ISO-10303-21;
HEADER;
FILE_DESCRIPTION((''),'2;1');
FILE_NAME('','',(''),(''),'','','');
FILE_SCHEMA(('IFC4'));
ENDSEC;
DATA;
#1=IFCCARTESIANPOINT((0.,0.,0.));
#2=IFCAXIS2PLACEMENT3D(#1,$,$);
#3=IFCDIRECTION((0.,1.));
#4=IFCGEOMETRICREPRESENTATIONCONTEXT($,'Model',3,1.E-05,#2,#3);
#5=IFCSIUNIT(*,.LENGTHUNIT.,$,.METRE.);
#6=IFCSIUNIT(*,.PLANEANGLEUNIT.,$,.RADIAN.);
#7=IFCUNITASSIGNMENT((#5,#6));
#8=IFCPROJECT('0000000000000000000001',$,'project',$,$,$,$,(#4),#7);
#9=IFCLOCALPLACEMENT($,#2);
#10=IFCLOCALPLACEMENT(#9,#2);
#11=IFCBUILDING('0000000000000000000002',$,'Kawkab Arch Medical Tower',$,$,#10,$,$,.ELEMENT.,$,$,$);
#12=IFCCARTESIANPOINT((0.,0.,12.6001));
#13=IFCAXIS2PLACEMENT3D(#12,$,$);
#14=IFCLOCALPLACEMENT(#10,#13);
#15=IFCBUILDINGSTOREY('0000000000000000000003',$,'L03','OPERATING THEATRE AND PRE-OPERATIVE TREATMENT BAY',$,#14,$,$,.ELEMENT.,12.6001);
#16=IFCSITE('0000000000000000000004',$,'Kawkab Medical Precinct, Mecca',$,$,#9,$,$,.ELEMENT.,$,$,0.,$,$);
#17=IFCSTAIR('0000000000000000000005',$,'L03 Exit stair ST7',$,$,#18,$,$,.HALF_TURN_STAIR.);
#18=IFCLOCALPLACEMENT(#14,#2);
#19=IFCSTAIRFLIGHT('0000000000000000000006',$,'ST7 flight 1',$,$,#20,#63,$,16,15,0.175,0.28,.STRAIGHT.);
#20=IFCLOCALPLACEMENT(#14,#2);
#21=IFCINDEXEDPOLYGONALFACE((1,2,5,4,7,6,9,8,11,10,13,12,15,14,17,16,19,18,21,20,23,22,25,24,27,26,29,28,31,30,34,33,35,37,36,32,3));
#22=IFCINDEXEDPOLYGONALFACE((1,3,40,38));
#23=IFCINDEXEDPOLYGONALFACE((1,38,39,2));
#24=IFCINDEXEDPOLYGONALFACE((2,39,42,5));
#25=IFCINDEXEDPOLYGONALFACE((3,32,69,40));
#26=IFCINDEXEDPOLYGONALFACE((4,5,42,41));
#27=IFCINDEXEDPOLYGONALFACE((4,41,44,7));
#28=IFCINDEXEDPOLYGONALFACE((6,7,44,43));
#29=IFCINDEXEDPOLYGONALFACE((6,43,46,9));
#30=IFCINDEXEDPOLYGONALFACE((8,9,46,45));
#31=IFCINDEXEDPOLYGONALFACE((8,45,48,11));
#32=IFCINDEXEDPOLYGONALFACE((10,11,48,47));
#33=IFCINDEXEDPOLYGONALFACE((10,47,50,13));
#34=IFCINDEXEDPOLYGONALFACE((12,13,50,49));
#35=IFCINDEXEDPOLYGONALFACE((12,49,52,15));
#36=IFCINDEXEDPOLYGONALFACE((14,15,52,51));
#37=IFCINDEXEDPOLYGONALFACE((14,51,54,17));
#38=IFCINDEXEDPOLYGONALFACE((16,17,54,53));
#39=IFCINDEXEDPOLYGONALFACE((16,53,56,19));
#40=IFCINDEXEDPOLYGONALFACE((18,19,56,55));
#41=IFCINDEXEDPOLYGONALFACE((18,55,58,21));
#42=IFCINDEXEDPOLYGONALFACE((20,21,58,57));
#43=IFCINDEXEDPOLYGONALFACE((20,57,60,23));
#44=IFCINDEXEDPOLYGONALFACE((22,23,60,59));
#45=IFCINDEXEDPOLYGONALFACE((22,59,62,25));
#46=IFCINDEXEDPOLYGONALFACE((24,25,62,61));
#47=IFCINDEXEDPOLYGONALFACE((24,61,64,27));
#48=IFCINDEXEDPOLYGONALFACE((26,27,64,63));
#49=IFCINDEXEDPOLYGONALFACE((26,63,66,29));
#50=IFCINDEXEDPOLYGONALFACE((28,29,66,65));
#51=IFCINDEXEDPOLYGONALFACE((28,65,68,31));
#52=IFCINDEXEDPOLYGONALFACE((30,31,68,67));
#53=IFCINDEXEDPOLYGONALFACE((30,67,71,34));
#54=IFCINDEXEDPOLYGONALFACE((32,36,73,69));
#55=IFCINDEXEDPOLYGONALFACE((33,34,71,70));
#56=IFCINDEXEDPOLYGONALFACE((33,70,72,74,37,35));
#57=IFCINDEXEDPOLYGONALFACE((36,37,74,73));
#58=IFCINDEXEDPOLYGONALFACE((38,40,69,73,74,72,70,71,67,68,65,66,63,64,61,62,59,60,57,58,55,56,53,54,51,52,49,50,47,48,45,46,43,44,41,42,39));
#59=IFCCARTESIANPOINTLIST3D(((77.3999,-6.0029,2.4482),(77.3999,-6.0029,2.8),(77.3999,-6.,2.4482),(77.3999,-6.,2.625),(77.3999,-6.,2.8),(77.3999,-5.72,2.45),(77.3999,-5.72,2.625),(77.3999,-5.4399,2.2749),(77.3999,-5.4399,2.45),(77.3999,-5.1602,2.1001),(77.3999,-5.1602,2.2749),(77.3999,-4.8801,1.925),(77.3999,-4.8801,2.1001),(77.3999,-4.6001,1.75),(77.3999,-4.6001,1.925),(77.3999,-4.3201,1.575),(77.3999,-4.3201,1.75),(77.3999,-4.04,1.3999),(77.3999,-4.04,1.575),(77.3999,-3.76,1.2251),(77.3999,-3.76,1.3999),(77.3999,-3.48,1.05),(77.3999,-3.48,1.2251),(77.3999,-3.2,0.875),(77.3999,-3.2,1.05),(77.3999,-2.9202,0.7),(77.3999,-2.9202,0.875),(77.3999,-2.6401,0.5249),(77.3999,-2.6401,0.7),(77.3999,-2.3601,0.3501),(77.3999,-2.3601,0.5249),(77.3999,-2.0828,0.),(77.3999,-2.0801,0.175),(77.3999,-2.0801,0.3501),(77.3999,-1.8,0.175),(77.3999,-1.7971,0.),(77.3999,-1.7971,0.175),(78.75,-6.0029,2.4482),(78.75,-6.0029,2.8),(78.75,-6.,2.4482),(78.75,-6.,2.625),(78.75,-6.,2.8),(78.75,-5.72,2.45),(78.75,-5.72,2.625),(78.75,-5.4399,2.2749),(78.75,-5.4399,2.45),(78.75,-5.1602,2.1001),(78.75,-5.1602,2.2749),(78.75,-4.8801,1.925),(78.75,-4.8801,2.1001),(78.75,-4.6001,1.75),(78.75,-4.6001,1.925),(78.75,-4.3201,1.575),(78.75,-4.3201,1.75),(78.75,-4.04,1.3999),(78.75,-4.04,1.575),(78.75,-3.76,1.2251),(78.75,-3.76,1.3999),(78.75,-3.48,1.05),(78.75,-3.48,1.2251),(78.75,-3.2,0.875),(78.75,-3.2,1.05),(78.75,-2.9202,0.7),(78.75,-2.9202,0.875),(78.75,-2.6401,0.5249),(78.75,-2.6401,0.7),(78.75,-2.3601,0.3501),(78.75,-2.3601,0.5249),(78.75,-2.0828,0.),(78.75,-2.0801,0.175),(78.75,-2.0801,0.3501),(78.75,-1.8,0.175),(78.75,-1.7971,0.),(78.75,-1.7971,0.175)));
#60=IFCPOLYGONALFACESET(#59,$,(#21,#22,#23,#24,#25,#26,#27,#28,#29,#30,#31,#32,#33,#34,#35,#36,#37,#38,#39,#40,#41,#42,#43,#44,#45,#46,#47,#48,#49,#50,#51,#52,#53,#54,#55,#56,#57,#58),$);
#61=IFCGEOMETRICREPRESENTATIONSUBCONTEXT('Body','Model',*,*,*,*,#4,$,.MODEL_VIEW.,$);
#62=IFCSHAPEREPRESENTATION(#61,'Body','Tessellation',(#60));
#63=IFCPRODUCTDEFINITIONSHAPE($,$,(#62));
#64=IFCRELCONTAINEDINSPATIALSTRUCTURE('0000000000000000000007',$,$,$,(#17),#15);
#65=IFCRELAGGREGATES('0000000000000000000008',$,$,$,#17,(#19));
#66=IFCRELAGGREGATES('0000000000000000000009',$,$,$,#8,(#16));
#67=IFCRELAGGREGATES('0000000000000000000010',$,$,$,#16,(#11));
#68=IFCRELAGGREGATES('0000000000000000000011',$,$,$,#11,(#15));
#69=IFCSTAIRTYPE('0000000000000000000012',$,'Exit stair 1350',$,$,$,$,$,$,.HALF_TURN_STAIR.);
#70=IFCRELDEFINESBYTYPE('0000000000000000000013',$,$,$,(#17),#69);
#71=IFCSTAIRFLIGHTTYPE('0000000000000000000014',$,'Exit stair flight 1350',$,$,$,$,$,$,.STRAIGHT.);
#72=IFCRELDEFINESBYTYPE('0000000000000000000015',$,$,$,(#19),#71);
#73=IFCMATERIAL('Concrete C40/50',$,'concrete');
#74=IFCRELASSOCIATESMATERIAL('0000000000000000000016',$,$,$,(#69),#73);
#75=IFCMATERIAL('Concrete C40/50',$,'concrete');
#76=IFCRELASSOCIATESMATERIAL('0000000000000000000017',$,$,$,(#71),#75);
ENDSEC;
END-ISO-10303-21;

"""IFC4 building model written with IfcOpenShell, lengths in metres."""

from ifc_helpers import new_model, si_unit, direction, frame, origin, place, context, subcontext, project, spatial, polyline, outline, extrude, material, type_object, element, aggregate, save


model = new_model("IFC4")

# Units and contexts
model_context = context("Model", 3, precision=1e-05, world=origin(), true_north=direction((0.0, 1.0)))
body_context = subcontext(model_context, "Body", "Model", "MODEL_VIEW")
ifc_project = project(units=[si_unit("LENGTHUNIT", "METRE"), si_unit("PLANEANGLEUNIT", "RADIAN")], contexts=[model_context])

# Site, building, storey
site_placement = place(None, origin())
site = spatial("IfcSite", under=ifc_project, at=site_placement, Name="Kawkab Medical Precinct, Mecca", CompositionType="ELEMENT", RefElevation=0.0)
building_placement = place(site_placement, origin())
building = spatial("IfcBuilding", under=site, at=building_placement, Name="Kawkab Arch Medical Tower", CompositionType="ELEMENT")
storey_placement = place(building_placement, frame((0.0, 0.0, 12.6001)))
storey = spatial("IfcBuildingStorey", under=building, at=storey_placement, Name="L03", Description="OPERATING THEATRE AND PRE-OPERATIVE TREATMENT BAY", CompositionType="ELEMENT", Elevation=12.6001)

# Stair, stair flight
ifc_material_1 = material(Name="Concrete C40/50", Category="concrete")
stair_type = type_object("IfcStairType", Name="Exit stair 1350", PredefinedType="HALF_TURN_STAIR", material=ifc_material_1)
stair_placement = place(storey_placement, origin())
stair = element("IfcStair", 1, at=stair_placement, inside=storey, type_object=stair_type, Name="L03 Exit stair ST7", PredefinedType="HALF_TURN_STAIR")
ifc_material_2 = material(Name="Concrete C40/50", Category="concrete")
stair_flight_type = type_object("IfcStairFlightType", Name="Exit stair flight 1350", PredefinedType="STRAIGHT", material=ifc_material_2)
stair_flight_placement = place(storey_placement, frame((78.075, -1.8, 0.0), z_axis=(0.0, 0.0, 1.0), x_axis=(0.0, -1.0, 0.0)))
stair_flight = element("IfcStairFlight", 2, at=stair_flight_placement, type_object=stair_flight_type, Name="ST7 flight 1", NumberOfRisers=16, NumberOfTreads=15, PredefinedType="STRAIGHT", RiserHeight=0.175, TreadLength=0.28, context=body_context, shape_type="SweptSolid", body=[
    extrude(outline(polyline([(-0.0029, 0.0), (-0.0029, 0.175), (0.0, 0.175), (0.28, 0.175), (0.28, 0.3501), (0.5601, 0.3501), (0.5601, 0.5249), (0.8401, 0.5249), (0.8401, 0.7), (1.1201, 0.7), (1.1201, 0.875), (1.3999, 0.875), (1.3999, 1.05), (1.6799, 1.05), (1.6799, 1.2251), (1.96, 1.2251), (1.96, 1.3999), (2.24, 1.3999), (2.24, 1.575), (2.52, 1.575), (2.52, 1.75), (2.8, 1.75), (2.8, 1.925), (3.0801, 1.925), (3.0801, 2.1001), (3.3601, 2.1001), (3.3601, 2.2749), (3.6399, 2.2749), (3.6399, 2.45), (3.9199, 2.45), (3.9199, 2.625), (4.2, 2.625), (4.2, 2.8), (4.2029, 2.8), (4.2029, 2.4482), (4.2, 2.4482), (0.2827, 0.0), (-0.0029, 0.0)])), frame((0.0, 0.675, 0.0), z_axis=(0.0, -1.0, 0.0), x_axis=(1.0, 0.0, 0.0)), (0.0, 0.0, 1.0), 1.3501),
])
aggregate(stair, [stair_flight])

save(model, "model.ifc")
